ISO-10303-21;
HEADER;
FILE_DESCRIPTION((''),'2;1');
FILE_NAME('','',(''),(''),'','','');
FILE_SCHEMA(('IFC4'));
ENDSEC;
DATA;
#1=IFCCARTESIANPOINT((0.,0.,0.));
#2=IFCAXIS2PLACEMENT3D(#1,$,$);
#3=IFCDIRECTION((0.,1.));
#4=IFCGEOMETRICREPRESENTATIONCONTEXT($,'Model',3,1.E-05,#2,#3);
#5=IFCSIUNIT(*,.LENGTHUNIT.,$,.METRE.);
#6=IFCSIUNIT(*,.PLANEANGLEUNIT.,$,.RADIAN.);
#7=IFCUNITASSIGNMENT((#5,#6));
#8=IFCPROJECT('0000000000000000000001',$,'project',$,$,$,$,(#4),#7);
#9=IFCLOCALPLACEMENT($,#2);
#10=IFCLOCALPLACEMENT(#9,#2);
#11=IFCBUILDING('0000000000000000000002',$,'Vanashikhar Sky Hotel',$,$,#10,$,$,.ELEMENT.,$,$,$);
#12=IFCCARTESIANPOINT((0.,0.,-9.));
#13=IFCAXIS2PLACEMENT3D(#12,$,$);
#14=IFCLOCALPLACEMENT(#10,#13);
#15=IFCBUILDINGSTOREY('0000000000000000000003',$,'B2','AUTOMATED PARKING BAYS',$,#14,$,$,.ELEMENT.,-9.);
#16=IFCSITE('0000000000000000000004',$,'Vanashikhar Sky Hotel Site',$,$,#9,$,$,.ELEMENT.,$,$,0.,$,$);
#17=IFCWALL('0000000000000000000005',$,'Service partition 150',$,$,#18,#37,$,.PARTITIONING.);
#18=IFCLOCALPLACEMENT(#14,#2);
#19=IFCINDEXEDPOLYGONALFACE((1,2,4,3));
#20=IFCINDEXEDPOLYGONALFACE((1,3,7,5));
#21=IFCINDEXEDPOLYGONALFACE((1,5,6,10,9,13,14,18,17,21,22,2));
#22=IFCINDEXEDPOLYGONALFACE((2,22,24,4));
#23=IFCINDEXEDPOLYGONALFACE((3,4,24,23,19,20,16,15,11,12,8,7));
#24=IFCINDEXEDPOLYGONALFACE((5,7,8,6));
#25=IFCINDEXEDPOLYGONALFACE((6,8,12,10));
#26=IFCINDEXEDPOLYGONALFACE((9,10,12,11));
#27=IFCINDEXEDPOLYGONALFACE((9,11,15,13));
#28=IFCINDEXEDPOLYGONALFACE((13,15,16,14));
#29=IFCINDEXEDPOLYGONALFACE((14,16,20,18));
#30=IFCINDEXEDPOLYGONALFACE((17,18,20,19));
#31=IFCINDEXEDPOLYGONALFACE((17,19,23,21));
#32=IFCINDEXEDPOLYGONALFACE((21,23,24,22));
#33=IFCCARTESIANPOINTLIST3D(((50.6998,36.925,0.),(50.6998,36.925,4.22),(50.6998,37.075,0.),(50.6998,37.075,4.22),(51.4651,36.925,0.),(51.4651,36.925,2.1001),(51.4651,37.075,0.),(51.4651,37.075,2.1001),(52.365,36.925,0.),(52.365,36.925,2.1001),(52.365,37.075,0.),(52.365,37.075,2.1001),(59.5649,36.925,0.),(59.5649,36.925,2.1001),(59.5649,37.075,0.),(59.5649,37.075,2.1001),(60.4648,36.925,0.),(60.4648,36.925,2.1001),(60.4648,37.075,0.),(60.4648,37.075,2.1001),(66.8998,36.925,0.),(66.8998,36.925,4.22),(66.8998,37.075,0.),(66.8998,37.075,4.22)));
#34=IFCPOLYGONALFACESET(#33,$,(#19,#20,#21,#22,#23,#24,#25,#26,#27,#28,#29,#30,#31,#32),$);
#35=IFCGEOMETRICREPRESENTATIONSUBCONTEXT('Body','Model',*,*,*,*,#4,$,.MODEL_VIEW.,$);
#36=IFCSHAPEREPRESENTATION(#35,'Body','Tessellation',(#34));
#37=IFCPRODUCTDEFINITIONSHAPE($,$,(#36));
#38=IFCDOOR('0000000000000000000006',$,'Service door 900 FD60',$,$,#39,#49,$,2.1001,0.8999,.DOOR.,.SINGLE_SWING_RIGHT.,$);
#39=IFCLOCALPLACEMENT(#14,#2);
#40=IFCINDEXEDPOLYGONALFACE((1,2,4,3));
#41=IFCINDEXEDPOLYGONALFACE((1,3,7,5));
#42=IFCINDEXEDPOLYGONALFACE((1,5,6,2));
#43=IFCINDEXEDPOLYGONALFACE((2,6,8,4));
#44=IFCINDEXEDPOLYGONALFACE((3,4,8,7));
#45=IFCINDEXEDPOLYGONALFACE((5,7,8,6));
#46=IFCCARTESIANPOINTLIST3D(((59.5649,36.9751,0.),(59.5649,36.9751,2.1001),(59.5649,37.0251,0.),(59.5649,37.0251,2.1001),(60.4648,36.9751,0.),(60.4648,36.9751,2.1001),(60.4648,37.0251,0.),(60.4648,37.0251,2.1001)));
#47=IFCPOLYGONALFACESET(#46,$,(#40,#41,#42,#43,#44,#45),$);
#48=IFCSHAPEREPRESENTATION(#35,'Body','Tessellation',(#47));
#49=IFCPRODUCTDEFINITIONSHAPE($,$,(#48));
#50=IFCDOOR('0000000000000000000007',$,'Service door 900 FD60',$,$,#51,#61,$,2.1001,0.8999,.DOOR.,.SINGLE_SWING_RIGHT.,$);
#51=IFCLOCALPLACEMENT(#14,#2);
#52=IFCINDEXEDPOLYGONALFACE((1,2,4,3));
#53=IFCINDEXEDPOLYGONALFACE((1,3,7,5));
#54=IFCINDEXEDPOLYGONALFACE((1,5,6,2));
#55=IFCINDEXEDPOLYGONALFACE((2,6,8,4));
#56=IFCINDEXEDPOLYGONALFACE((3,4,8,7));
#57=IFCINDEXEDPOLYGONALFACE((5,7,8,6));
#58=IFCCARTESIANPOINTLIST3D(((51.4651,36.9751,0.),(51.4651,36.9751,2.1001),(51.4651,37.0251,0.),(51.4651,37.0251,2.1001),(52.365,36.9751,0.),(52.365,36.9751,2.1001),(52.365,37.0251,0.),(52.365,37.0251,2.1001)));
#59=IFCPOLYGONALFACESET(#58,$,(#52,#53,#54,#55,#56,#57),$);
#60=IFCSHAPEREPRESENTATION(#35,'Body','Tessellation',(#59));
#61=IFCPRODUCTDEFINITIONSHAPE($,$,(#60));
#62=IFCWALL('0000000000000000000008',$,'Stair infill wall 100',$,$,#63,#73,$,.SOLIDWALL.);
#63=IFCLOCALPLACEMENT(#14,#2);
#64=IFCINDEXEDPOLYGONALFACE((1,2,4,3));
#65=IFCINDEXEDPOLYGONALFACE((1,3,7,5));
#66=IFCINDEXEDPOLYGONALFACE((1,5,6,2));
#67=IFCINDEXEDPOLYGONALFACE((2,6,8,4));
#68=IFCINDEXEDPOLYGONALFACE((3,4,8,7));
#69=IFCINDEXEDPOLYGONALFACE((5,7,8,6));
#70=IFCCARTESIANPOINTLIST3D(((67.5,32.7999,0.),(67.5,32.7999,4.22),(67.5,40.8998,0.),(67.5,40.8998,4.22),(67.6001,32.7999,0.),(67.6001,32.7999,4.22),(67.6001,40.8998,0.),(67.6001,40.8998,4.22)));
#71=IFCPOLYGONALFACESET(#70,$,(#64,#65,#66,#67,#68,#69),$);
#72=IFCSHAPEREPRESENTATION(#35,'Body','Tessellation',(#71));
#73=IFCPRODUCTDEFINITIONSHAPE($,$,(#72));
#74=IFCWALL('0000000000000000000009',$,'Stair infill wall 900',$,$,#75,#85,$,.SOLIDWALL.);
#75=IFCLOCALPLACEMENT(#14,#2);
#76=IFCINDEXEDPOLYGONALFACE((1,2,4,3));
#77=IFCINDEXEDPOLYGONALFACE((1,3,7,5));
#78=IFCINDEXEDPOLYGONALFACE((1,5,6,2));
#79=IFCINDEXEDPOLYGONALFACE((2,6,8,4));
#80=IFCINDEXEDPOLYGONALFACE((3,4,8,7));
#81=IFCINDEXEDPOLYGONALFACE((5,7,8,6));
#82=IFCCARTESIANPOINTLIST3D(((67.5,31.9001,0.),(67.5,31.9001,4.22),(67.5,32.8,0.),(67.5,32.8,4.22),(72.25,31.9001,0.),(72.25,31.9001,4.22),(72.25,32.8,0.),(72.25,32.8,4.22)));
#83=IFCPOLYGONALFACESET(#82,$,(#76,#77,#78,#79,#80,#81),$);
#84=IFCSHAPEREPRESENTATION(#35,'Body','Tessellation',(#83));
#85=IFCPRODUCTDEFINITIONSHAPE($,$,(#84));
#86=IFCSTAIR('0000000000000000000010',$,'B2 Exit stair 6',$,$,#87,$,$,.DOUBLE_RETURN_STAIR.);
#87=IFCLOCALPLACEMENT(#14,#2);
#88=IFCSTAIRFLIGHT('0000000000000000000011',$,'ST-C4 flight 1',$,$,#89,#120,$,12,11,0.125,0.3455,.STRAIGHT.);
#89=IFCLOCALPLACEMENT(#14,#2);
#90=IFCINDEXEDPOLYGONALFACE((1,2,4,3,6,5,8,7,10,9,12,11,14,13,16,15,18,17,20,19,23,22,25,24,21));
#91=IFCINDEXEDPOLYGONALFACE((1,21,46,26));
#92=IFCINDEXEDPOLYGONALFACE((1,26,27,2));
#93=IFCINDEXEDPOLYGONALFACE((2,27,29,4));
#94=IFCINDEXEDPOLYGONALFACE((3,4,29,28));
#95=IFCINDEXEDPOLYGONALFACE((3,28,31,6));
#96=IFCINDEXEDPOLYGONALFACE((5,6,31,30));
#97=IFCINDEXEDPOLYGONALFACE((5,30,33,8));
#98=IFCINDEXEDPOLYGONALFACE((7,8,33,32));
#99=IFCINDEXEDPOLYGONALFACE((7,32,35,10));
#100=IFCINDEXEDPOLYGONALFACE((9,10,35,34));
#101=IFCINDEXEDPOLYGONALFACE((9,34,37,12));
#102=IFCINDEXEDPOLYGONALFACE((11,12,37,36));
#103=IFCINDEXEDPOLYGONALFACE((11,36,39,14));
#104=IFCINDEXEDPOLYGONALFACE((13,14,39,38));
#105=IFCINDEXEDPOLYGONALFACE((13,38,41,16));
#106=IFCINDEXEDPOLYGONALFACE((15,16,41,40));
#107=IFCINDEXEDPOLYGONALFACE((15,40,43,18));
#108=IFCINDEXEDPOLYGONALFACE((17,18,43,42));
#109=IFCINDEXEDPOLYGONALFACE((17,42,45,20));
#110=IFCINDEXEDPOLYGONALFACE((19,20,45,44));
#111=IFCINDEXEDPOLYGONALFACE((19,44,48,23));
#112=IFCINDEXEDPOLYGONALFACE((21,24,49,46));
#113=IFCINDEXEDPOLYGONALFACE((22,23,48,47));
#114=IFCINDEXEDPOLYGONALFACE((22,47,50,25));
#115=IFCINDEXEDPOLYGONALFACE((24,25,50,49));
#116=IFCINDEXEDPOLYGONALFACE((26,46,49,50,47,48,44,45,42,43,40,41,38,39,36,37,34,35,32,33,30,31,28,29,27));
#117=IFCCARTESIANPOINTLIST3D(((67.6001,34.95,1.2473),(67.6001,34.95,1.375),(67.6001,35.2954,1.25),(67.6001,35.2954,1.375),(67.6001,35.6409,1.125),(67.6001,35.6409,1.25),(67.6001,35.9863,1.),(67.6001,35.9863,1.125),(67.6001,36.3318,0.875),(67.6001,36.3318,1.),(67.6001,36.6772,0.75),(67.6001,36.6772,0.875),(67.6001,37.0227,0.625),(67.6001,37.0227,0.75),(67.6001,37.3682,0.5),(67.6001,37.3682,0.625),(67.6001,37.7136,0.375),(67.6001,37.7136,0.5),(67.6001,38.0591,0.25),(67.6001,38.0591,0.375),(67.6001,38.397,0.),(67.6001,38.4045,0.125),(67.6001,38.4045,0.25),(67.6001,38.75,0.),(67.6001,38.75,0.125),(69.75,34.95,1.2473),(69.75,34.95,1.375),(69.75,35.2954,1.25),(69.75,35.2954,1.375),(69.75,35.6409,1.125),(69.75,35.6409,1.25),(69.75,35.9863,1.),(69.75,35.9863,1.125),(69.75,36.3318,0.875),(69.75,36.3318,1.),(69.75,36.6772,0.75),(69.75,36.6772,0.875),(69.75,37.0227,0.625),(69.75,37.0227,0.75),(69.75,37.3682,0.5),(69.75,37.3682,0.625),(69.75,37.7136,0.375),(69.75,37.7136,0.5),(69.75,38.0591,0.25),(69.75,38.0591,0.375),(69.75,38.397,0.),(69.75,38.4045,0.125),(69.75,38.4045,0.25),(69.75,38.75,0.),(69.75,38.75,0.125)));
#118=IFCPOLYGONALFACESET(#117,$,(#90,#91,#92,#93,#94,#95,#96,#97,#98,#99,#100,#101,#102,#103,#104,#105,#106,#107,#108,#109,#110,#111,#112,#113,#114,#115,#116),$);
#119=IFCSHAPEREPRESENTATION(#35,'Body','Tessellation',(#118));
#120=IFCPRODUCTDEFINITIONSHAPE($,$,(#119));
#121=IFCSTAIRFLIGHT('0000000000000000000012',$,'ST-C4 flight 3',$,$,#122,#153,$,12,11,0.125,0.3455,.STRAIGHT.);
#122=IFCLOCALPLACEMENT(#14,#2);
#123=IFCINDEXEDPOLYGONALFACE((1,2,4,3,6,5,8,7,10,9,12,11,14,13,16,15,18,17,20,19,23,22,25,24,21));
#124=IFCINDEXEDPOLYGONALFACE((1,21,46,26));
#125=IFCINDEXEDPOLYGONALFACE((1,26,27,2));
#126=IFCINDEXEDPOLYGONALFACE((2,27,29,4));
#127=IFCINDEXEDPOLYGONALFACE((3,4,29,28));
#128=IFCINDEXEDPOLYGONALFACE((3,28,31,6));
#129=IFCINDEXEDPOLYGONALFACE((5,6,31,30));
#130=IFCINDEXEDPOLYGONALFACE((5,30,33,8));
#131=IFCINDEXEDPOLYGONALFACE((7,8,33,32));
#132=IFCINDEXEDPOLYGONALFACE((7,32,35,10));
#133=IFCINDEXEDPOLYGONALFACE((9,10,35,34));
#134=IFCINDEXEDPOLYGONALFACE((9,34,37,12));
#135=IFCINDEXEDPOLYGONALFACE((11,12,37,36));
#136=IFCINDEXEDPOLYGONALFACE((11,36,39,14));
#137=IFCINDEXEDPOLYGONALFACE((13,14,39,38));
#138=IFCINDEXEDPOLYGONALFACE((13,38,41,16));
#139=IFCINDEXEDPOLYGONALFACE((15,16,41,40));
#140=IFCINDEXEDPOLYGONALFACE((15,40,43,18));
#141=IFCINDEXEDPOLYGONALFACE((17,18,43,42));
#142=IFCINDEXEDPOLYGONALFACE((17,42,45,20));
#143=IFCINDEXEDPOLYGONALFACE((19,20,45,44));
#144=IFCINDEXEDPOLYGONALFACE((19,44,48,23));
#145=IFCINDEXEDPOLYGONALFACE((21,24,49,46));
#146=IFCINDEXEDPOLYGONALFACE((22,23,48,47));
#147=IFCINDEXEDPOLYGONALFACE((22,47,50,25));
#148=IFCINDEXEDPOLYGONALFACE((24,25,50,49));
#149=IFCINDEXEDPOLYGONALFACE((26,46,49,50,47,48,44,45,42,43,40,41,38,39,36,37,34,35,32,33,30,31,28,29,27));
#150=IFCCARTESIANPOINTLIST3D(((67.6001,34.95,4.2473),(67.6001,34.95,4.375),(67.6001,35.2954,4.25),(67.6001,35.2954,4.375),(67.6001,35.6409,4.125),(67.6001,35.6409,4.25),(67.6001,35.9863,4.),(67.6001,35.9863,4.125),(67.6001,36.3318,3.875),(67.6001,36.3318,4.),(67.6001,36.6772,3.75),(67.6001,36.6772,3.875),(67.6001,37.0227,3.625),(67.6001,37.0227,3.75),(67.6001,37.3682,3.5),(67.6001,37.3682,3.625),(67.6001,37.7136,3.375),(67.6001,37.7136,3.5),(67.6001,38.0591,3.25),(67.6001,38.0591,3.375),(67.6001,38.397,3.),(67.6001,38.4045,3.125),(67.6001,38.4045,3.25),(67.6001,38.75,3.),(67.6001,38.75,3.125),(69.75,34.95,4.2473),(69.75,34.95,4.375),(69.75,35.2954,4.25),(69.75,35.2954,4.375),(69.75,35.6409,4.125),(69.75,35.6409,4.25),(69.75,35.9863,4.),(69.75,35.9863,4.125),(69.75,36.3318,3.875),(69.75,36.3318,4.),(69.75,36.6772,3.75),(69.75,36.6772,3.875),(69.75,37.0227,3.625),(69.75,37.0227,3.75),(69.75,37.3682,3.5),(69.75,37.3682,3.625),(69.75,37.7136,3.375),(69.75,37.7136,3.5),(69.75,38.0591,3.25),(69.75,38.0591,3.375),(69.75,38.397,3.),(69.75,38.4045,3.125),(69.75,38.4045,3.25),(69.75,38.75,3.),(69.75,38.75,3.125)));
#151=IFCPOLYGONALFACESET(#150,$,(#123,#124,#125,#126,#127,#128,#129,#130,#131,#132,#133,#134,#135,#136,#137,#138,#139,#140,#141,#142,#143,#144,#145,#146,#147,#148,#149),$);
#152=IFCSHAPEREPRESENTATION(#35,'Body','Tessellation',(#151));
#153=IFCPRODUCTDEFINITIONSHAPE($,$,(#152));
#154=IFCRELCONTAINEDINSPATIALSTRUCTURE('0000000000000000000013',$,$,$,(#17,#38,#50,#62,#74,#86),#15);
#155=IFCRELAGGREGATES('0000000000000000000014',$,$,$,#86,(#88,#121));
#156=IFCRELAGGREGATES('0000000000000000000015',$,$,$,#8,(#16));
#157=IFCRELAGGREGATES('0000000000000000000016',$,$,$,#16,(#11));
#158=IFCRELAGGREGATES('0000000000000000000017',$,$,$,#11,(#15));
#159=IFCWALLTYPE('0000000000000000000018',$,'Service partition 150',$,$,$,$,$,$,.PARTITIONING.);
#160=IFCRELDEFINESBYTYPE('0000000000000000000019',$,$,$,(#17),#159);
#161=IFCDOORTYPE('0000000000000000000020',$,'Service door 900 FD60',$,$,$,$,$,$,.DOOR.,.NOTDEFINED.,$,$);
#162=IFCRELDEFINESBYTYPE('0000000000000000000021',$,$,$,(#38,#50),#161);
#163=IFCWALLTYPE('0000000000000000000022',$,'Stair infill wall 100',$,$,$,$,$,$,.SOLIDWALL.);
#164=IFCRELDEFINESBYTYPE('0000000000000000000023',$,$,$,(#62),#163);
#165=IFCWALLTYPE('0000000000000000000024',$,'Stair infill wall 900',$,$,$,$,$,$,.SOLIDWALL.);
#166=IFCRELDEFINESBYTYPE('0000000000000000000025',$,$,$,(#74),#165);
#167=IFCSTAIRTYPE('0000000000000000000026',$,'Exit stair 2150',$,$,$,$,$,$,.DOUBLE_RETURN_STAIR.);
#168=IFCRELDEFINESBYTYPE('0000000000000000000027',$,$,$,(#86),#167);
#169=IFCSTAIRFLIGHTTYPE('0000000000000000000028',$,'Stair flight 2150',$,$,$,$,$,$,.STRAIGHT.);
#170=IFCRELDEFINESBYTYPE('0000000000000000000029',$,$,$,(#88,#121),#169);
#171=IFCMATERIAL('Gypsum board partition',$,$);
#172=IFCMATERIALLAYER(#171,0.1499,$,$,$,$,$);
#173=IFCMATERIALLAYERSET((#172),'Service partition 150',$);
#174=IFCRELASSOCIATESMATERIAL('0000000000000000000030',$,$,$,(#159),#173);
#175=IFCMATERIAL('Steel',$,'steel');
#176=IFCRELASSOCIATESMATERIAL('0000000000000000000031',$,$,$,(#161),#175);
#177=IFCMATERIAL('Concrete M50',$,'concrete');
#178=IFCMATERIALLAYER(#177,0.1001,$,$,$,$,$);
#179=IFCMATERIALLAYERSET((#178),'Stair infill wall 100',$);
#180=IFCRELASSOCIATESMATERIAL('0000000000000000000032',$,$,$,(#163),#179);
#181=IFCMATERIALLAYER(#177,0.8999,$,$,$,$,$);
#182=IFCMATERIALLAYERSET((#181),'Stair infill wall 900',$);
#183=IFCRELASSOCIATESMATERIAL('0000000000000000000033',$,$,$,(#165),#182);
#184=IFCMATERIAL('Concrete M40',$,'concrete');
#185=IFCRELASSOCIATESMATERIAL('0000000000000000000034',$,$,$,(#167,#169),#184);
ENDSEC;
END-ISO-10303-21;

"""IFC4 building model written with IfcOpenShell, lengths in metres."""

from ifc_helpers import new_model, si_unit, direction, frame, frame_2d, origin, place, context, subcontext, project, spatial, polyline, rectangle, outline, extrude, source, transform, mapped, material, layer, layer_set, type_object, element, fill, aggregate, save


model = new_model("IFC4")

# Units and contexts
model_context = context("Model", 3, precision=1e-05, world=origin(), true_north=direction((0.0, 1.0)))
body_context = subcontext(model_context, "Body", "Model", "MODEL_VIEW")
ifc_project = project(units=[si_unit("LENGTHUNIT", "METRE"), si_unit("PLANEANGLEUNIT", "RADIAN")], contexts=[model_context])

# Site, building, storey
site_placement = place(None, origin())
site = spatial("IfcSite", under=ifc_project, at=site_placement, Name="Vanashikhar Sky Hotel Site", CompositionType="ELEMENT", RefElevation=0.0)
building_placement = place(site_placement, origin())
building = spatial("IfcBuilding", under=site, at=building_placement, Name="Vanashikhar Sky Hotel", CompositionType="ELEMENT")
storey_placement = place(building_placement, frame((0.0, 0.0, -9.0)))
storey = spatial("IfcBuildingStorey", under=building, at=storey_placement, Name="B2", Description="AUTOMATED PARKING BAYS", CompositionType="ELEMENT", Elevation=-9.0)

# Shared definitions
ifc_material_1 = material(Name="Gypsum board partition")
ifc_layer_1 = layer(ifc_material_1, 0.1499)
ifc_layer_set_1 = layer_set([ifc_layer_1], Name="Service partition 150")
wall_type_1 = type_object("IfcWallType", Name="Service partition 150", PredefinedType="PARTITIONING", material=ifc_layer_set_1)

# Wall, openings, doors
shared_shape_1 = source(origin(), body_context, "Body", "SweptSolid", [
    extrude(rectangle(XDim=0.8999, YDim=2.1001, at=frame_2d((0.45, 1.05))), frame((0.0, 0.085, 0.0), z_axis=(0.0, -1.0, 0.0), x_axis=(1.0, 0.0, 0.0)), (0.0, 0.0, 1.0), 0.1699),
])
ifc_material_2 = material(Name="Steel", Category="steel")
door_type = type_object("IfcDoorType", Name="Service door 900 FD60", OperationType="NOTDEFINED", PredefinedType="DOOR", material=ifc_material_2)
shared_shape_2 = source(origin(), body_context, "Body", "SweptSolid", [
    extrude(rectangle(XDim=0.8999, YDim=2.1001, at=frame_2d((0.45, 1.05))), frame((0.0, 0.0249, 0.0), z_axis=(0.0, -1.0, 0.0), x_axis=(1.0, 0.0, 0.0)), (0.0, 0.0, 1.0), 0.05),
])
shared_shape_3 = source(origin(), body_context, "Body", "SweptSolid", [
    extrude(rectangle(XDim=16.2, YDim=0.1499, at=frame_2d((8.1001, 0.0))), origin(), (0.0, 0.0, 1.0), 4.22),
])
wall_1_placement = place(storey_placement, frame((66.8999, 37.0, 0.0), z_axis=(0.0, 0.0, 1.0), x_axis=(-1.0, 0.0, 0.0)))
wall_1 = element("IfcWall", 1, at=wall_1_placement, inside=storey, type_object=wall_type_1, Name="Service partition 150", PredefinedType="PARTITIONING", context=body_context, shape_type="MappedRepresentation", body=[
    mapped(shared_shape_3, transform((0.0, 0.0, 0.0), scale=1.0)),
])
opening_1_placement = place(wall_1_placement, frame((6.4351, 0.0, 0.0)))
opening_1 = element("IfcOpeningElement", 2, at=opening_1_placement, cuts=wall_1, PredefinedType="OPENING", context=body_context, shape_type="MappedRepresentation", body=[
    mapped(shared_shape_1, transform((0.0, 0.0, 0.0), scale=1.0)),
])
opening_2_placement = place(wall_1_placement, frame((14.5349, 0.0, 0.0)))
opening_2 = element("IfcOpeningElement", 3, at=opening_2_placement, cuts=wall_1, PredefinedType="OPENING", context=body_context, shape_type="MappedRepresentation", body=[
    mapped(shared_shape_1, transform((0.0, 0.0, 0.0), scale=1.0)),
])
door_1_placement = place(opening_1_placement, origin())
door_1 = element("IfcDoor", 4, at=door_1_placement, inside=storey, type_object=door_type, Name="Service door 900 FD60", OperationType="SINGLE_SWING_RIGHT", OverallHeight=2.1001, OverallWidth=0.8999, PredefinedType="DOOR", context=body_context, shape_type="MappedRepresentation", body=[
    mapped(shared_shape_2, transform((0.0, 0.0, 0.0), scale=1.0)),
])
fill(opening_1, door_1)
door_2_placement = place(opening_2_placement, origin())
door_2 = element("IfcDoor", 5, at=door_2_placement, inside=storey, type_object=door_type, Name="Service door 900 FD60", OperationType="SINGLE_SWING_RIGHT", OverallHeight=2.1001, OverallWidth=0.8999, PredefinedType="DOOR", context=body_context, shape_type="MappedRepresentation", body=[
    mapped(shared_shape_2, transform((0.0, 0.0, 0.0), scale=1.0)),
])
fill(opening_2, door_2)

# Walls
ifc_material_3 = material(Name="Concrete M50", Category="concrete")
ifc_layer_2 = layer(ifc_material_3, 0.1001)
ifc_layer_set_2 = layer_set([ifc_layer_2], Name="Stair infill wall 100")
wall_type_2 = type_object("IfcWallType", Name="Stair infill wall 100", PredefinedType="SOLIDWALL", material=ifc_layer_set_2)
shared_shape_4 = source(origin(), body_context, "Body", "SweptSolid", [
    extrude(rectangle(XDim=8.0999, YDim=0.1001, at=frame_2d((4.0498, 0.0))), origin(), (0.0, 0.0, 1.0), 4.22),
])
wall_2_placement = place(storey_placement, frame((67.55, 32.8, 0.0), z_axis=(0.0, 0.0, 1.0), x_axis=(0.0, 1.0, 0.0)))
element("IfcWall", 6, at=wall_2_placement, inside=storey, type_object=wall_type_2, Name="Stair infill wall 100", PredefinedType="SOLIDWALL", context=body_context, shape_type="MappedRepresentation", body=[
    mapped(shared_shape_4, transform((0.0, 0.0, 0.0), scale=1.0)),
])
ifc_layer_3 = layer(ifc_material_3, 0.8999)
ifc_layer_set_3 = layer_set([ifc_layer_3], Name="Stair infill wall 900")
wall_type_3 = type_object("IfcWallType", Name="Stair infill wall 900", PredefinedType="SOLIDWALL", material=ifc_layer_set_3)
shared_shape_5 = source(origin(), body_context, "Body", "SweptSolid", [
    extrude(rectangle(XDim=4.75, YDim=0.8999, at=frame_2d((2.375, 0.0))), origin(), (0.0, 0.0, 1.0), 4.22),
])
wall_3_placement = place(storey_placement, frame((67.5, 32.3501, 0.0), z_axis=(0.0, 0.0, 1.0), x_axis=(1.0, 0.0, 0.0)))
element("IfcWall", 7, at=wall_3_placement, inside=storey, type_object=wall_type_3, Name="Stair infill wall 900", PredefinedType="SOLIDWALL", context=body_context, shape_type="MappedRepresentation", body=[
    mapped(shared_shape_5, transform((0.0, 0.0, 0.0), scale=1.0)),
])

# Stair, stair flights
ifc_material_4 = material(Name="Concrete M40", Category="concrete")
stair_type = type_object("IfcStairType", Name="Exit stair 2150", PredefinedType="DOUBLE_RETURN_STAIR", material=ifc_material_4)
stair_placement = place(storey_placement, origin())
stair = element("IfcStair", 8, at=stair_placement, inside=storey, type_object=stair_type, Name="B2 Exit stair 6", PredefinedType="DOUBLE_RETURN_STAIR")
stair_flight_type = type_object("IfcStairFlightType", Name="Stair flight 2150", PredefinedType="STRAIGHT", material=ifc_material_4)
shared_shape_6 = source(origin(), body_context, "Body", "SweptSolid", [
    extrude(outline(polyline([(0.0, 0.0), (0.0, 0.125), (0.3455, 0.125), (0.3455, 0.25), (0.6909, 0.25), (0.6909, 0.375), (1.0364, 0.375), (1.0364, 0.5), (1.3818, 0.5), (1.3818, 0.625), (1.7273, 0.625), (1.7273, 0.75), (2.0728, 0.75), (2.0728, 0.875), (2.4182, 0.875), (2.4182, 1.0), (2.7637, 1.0), (2.7637, 1.125), (3.1091, 1.125), (3.1091, 1.25), (3.4546, 1.25), (3.4546, 1.375), (3.8, 1.375), (3.8, 1.5), (3.8, 1.2473), (0.353, 0.0), (0.0, 0.0)])), frame((0.0, 1.075, 0.0), z_axis=(0.0, -1.0, 0.0), x_axis=(1.0, 0.0, 0.0)), (0.0, 0.0, 1.0), 2.1499),
])
stair_flight_1_placement = place(storey_placement, frame((68.675, 38.75, 0.0), z_axis=(0.0, 0.0, 1.0), x_axis=(0.0, -1.0, 0.0)))
stair_flight_1 = element("IfcStairFlight", 9, at=stair_flight_1_placement, type_object=stair_flight_type, Name="ST-C4 flight 1", NumberOfRisers=12, NumberOfTreads=11, PredefinedType="STRAIGHT", RiserHeight=0.125, TreadLength=0.3455, context=body_context, shape_type="MappedRepresentation", body=[
    mapped(shared_shape_6, transform((0.0, 0.0, 0.0), scale=1.0)),
])
stair_flight_2_placement = place(storey_placement, frame((68.675, 38.75, 3.0), z_axis=(0.0, 0.0, 1.0), x_axis=(0.0, -1.0, 0.0)))
stair_flight_2 = element("IfcStairFlight", 10, at=stair_flight_2_placement, type_object=stair_flight_type, Name="ST-C4 flight 3", NumberOfRisers=12, NumberOfTreads=11, PredefinedType="STRAIGHT", RiserHeight=0.125, TreadLength=0.3455, context=body_context, shape_type="MappedRepresentation", body=[
    mapped(shared_shape_6, transform((0.0, 0.0, 0.0), scale=1.0)),
])
aggregate(stair, [stair_flight_1, stair_flight_2])

save(model, "model.ifc")
